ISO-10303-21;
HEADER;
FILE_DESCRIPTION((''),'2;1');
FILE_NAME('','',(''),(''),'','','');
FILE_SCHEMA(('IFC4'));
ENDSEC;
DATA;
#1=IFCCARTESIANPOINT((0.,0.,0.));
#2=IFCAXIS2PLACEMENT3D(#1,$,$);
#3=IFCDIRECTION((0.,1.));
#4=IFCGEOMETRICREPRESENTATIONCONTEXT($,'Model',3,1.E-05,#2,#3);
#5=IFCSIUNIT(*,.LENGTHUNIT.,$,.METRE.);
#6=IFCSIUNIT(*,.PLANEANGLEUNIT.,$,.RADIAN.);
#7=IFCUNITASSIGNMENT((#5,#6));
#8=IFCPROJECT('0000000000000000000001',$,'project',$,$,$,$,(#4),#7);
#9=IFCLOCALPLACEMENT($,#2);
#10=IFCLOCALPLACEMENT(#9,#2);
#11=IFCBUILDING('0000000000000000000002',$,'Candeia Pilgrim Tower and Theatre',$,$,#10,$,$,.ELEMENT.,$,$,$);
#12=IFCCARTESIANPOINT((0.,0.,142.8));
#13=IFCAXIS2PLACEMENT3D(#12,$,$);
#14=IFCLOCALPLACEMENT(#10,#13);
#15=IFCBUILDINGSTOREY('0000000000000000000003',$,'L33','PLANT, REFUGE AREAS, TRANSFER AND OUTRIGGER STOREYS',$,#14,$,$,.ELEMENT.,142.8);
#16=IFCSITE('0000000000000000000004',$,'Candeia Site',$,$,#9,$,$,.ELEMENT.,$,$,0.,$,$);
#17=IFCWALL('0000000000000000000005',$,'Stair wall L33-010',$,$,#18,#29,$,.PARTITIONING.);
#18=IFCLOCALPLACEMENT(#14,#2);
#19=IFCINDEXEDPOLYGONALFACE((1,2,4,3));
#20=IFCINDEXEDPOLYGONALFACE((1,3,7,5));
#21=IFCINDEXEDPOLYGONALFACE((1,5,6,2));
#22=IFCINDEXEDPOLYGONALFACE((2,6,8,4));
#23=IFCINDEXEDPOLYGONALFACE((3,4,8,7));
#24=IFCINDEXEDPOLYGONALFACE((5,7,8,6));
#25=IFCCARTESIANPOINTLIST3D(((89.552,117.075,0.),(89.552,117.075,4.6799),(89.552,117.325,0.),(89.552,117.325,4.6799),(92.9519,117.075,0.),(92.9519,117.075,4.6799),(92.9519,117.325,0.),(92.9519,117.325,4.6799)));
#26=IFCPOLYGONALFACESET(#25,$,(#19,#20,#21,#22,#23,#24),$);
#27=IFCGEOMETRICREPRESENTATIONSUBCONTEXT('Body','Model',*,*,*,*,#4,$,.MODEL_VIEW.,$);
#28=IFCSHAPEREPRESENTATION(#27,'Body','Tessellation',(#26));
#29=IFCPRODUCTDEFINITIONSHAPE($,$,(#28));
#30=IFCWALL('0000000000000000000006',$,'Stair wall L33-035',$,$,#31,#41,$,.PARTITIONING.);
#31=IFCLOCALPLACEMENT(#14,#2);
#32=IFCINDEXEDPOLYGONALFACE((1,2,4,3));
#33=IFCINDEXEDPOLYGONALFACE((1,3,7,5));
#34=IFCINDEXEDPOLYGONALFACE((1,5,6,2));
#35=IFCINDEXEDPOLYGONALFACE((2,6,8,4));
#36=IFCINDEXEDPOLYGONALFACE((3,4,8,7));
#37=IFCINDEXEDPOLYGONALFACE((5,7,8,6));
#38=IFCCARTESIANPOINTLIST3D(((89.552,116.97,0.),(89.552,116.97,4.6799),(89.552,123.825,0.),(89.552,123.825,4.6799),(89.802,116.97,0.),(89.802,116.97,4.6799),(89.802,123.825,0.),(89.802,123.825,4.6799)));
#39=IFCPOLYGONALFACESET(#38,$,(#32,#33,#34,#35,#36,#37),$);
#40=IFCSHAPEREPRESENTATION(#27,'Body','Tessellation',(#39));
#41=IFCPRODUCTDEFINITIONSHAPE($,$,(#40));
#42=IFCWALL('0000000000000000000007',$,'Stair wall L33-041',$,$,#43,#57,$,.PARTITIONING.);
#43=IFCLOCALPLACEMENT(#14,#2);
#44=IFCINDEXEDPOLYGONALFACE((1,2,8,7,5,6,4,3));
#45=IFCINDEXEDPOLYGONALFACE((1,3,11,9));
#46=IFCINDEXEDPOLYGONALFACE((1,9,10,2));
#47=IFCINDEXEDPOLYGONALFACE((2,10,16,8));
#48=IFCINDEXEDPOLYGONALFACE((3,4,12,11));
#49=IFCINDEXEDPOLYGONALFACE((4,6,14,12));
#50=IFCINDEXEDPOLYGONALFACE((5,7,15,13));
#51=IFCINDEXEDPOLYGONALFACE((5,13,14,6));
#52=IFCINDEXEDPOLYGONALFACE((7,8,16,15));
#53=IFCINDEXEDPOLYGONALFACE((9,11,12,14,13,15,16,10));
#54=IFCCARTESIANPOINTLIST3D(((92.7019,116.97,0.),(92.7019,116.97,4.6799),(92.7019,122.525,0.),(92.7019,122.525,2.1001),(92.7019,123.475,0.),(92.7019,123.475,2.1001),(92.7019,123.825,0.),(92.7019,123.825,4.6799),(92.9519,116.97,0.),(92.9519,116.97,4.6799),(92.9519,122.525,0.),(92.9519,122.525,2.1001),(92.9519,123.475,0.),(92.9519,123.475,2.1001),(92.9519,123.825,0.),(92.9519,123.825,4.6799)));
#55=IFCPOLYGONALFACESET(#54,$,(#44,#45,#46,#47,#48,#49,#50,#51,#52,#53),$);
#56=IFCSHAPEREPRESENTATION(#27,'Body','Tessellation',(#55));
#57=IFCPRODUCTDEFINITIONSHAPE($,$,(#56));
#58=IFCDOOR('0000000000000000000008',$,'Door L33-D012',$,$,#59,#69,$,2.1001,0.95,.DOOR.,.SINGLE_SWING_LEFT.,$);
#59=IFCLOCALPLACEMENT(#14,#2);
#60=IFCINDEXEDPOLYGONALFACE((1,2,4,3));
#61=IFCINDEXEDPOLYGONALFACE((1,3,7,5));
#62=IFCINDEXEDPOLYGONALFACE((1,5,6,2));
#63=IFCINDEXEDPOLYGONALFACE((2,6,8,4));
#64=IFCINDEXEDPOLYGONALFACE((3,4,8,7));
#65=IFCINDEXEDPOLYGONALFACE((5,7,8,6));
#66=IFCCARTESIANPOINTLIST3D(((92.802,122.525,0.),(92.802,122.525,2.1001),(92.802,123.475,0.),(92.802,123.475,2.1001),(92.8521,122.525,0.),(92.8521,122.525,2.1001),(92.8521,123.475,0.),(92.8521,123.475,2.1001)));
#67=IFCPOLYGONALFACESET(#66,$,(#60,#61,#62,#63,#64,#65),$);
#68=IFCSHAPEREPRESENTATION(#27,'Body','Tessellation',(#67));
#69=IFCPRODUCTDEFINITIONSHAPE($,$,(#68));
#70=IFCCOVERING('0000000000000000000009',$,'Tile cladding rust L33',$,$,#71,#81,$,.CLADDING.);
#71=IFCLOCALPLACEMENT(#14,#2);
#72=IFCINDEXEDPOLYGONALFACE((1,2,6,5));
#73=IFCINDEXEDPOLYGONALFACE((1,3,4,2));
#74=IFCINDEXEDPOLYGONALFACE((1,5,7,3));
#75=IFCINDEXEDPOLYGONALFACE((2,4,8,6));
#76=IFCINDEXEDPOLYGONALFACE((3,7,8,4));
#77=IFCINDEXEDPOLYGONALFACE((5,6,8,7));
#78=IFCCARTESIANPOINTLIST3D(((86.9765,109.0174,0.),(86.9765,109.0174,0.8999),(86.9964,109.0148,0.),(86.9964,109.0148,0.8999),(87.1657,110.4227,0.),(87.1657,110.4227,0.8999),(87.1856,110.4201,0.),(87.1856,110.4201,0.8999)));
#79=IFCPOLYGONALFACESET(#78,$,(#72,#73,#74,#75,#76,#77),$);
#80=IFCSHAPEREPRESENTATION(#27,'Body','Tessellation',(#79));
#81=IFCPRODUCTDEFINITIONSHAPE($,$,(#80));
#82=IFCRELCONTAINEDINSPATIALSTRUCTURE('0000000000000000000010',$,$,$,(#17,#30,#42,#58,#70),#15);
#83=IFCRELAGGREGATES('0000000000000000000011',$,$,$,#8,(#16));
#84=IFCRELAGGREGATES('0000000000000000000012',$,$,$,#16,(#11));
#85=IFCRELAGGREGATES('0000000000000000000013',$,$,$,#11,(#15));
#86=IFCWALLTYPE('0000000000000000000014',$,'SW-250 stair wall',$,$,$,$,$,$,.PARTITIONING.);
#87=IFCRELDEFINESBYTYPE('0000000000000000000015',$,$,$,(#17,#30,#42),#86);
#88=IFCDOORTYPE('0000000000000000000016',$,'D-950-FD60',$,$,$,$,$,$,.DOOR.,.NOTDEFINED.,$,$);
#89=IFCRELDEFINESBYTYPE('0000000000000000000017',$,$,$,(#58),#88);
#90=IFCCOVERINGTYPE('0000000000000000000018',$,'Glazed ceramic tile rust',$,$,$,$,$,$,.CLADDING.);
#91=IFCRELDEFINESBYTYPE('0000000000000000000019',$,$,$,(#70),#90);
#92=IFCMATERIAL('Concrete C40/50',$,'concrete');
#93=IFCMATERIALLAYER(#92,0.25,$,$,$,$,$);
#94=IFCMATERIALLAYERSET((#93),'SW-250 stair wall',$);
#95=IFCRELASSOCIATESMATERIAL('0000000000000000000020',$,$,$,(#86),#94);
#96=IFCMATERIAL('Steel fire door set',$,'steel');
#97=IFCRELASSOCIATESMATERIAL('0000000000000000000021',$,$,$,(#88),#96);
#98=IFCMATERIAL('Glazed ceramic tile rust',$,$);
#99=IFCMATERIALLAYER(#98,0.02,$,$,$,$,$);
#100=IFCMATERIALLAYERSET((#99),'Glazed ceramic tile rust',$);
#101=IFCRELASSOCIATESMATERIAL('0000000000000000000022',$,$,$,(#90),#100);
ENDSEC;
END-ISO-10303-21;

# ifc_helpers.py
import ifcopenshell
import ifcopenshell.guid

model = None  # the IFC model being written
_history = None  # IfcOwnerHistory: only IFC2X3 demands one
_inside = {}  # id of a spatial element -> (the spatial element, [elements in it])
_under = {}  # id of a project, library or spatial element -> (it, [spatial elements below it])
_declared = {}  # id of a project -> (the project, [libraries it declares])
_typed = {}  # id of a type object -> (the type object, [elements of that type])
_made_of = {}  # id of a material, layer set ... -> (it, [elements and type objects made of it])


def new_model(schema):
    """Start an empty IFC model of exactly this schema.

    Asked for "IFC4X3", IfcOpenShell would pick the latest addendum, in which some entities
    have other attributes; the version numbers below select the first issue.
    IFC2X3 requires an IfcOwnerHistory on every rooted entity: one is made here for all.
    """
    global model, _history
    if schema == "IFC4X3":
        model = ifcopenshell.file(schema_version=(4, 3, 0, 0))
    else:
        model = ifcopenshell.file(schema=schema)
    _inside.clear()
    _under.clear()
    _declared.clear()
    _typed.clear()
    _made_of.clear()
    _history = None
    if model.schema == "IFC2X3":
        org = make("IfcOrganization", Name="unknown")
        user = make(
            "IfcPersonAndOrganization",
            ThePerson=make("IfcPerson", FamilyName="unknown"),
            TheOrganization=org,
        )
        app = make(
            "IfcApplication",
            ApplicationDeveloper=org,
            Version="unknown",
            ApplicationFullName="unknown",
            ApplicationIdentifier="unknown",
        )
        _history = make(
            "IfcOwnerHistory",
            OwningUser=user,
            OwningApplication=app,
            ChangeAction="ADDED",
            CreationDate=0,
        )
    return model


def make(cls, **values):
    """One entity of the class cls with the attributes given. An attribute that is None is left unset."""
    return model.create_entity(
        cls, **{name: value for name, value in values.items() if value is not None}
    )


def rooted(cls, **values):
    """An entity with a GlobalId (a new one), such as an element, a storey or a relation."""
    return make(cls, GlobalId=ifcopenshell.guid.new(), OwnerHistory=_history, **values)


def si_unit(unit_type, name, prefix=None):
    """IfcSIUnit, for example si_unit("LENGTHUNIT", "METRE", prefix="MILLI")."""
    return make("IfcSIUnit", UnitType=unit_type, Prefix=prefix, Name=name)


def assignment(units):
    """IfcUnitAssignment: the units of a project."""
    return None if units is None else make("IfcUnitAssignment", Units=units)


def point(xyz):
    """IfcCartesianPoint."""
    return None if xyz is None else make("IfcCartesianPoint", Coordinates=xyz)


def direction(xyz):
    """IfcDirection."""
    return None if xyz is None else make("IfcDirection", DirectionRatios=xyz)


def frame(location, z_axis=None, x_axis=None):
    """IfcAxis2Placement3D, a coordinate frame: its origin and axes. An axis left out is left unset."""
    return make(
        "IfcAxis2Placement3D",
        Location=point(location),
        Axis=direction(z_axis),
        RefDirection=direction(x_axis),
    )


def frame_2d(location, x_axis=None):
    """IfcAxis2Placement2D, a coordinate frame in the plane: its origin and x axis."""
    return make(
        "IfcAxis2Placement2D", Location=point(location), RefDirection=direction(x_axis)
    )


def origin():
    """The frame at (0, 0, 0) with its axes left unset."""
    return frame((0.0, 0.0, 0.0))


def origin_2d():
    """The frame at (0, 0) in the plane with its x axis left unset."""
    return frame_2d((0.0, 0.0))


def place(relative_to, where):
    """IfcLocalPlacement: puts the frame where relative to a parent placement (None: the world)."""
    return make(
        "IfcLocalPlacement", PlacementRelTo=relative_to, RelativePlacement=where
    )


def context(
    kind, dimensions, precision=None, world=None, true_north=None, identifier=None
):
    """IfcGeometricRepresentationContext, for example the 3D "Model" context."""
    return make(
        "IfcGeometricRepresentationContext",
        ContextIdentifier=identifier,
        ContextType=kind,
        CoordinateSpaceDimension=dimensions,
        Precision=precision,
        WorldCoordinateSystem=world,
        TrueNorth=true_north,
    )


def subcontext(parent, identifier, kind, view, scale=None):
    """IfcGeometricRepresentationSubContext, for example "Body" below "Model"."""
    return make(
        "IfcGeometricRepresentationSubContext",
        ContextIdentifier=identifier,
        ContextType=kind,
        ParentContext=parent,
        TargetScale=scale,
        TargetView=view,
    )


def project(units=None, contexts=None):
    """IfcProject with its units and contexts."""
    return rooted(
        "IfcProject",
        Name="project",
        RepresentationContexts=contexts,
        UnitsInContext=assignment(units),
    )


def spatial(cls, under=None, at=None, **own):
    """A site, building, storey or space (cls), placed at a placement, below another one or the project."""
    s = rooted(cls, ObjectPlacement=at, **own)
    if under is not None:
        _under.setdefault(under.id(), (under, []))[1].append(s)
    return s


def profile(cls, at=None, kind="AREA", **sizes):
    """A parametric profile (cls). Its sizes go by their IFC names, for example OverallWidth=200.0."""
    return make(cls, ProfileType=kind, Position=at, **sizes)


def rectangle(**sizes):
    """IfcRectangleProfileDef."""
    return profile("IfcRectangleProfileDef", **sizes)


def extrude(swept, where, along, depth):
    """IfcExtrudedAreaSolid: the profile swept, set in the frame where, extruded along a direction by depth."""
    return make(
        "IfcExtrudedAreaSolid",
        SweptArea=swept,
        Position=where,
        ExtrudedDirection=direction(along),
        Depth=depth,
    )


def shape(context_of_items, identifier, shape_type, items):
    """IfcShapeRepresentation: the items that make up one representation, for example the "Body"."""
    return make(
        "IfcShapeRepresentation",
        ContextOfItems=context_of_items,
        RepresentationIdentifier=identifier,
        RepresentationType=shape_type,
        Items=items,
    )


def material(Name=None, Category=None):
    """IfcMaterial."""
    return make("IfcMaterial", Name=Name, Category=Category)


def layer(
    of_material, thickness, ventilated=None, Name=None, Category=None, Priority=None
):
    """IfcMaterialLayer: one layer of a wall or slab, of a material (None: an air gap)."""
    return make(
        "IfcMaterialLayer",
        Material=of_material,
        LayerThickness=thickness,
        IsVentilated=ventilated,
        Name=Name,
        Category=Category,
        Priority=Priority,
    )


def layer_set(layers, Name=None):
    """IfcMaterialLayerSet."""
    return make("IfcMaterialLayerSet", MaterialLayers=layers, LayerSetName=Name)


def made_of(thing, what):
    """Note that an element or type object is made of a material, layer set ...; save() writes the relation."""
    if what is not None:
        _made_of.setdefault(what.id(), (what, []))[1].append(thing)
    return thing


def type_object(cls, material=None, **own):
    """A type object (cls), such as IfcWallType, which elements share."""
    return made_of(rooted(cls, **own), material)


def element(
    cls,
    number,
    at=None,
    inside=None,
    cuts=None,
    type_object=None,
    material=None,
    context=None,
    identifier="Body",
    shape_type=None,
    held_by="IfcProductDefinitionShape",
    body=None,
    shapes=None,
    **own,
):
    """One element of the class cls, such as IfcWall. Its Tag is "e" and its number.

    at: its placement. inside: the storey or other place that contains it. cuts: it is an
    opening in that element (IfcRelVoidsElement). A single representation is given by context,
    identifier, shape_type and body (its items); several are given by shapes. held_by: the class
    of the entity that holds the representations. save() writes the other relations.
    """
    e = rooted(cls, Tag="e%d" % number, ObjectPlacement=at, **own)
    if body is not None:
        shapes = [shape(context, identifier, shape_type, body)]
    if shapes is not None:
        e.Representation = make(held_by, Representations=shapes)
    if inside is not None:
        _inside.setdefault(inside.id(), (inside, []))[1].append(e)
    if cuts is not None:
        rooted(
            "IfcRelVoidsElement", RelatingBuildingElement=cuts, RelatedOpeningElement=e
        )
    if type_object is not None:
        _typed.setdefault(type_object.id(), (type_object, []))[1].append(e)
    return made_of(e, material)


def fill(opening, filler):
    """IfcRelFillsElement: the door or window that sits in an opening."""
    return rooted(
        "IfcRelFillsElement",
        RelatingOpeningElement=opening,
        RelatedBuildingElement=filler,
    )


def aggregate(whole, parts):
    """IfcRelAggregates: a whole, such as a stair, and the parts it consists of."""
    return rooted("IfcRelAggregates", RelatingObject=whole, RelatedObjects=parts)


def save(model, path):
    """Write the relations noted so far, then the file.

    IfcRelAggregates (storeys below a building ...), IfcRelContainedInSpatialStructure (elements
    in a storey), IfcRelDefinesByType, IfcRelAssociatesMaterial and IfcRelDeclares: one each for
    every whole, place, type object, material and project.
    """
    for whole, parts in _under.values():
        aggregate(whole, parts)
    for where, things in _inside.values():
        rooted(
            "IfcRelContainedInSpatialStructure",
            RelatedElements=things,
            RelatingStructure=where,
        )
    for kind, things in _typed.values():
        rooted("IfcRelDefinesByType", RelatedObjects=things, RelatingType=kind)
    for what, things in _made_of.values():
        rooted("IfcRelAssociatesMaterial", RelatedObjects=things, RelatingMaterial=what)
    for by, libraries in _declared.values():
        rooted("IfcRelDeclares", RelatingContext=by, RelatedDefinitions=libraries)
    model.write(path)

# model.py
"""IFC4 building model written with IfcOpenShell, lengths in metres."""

from ifc_helpers import new_model, si_unit, direction, frame, frame_2d, origin, origin_2d, place, context, subcontext, project, spatial, rectangle, extrude, material, layer, layer_set, type_object, element, fill, save


model = new_model("IFC4")

# Units and contexts
model_context = context("Model", 3, precision=1e-05, world=origin(), true_north=direction((0.0, 1.0)))
body_context = subcontext(model_context, "Body", "Model", "MODEL_VIEW")
ifc_project = project(units=[si_unit("LENGTHUNIT", "METRE"), si_unit("PLANEANGLEUNIT", "RADIAN")], contexts=[model_context])

# Site, building, storey
site_placement = place(None, origin())
site = spatial("IfcSite", under=ifc_project, at=site_placement, Name="Candeia Site", CompositionType="ELEMENT", RefElevation=0.0)
building_placement = place(site_placement, origin())
building = spatial("IfcBuilding", under=site, at=building_placement, Name="Candeia Pilgrim Tower and Theatre", CompositionType="ELEMENT")
storey_placement = place(building_placement, frame((0.0, 0.0, 142.8)))
storey = spatial("IfcBuildingStorey", under=building, at=storey_placement, Name="L33", Description="PLANT, REFUGE AREAS, TRANSFER AND OUTRIGGER STOREYS", CompositionType="ELEMENT", Elevation=142.8)

# Shared definitions
ifc_material_1 = material(Name="Concrete C40/50", Category="concrete")
ifc_material_2 = material(Name="Steel fire door set", Category="steel")

# Walls
ifc_layer_1 = layer(ifc_material_1, 0.25)
ifc_layer_set_1 = layer_set([ifc_layer_1], Name="SW-250 stair wall")
wall_type_1 = type_object("IfcWallType", Name="SW-250 stair wall", PredefinedType="PARTITIONING", material=ifc_layer_set_1)
wall_1_placement = place(storey_placement, frame((89.552, 117.2, 0.0), z_axis=(0.0, 0.0, 1.0), x_axis=(1.0, 0.0, 0.0)))
element("IfcWall", 1, at=wall_1_placement, inside=storey, type_object=wall_type_1, Name="Stair wall L33-010", PredefinedType="PARTITIONING", context=body_context, shape_type="SweptSolid", body=[
    extrude(rectangle(XDim=3.3999, YDim=0.25, at=frame_2d((1.7, 0.0))), origin(), (0.0, 0.0, 1.0), 4.6799),
])
wall_2_placement = place(storey_placement, frame((89.677, 116.97, 0.0), z_axis=(0.0, 0.0, 1.0), x_axis=(0.0, 1.0, 0.0)))
element("IfcWall", 2, at=wall_2_placement, inside=storey, type_object=wall_type_1, Name="Stair wall L33-035", PredefinedType="PARTITIONING", context=body_context, shape_type="SweptSolid", body=[
    extrude(rectangle(XDim=6.855, YDim=0.25, at=frame_2d((3.4275, 0.0))), origin(), (0.0, 0.0, 1.0), 4.6799),
])

# Wall, opening, door
wall_3_placement = place(storey_placement, frame((92.8269, 116.97, 0.0), z_axis=(0.0, 0.0, 1.0), x_axis=(0.0, 1.0, 0.0)))
wall_3 = element("IfcWall", 3, at=wall_3_placement, inside=storey, type_object=wall_type_1, Name="Stair wall L33-041", PredefinedType="PARTITIONING", context=body_context, shape_type="SweptSolid", body=[
    extrude(rectangle(XDim=6.855, YDim=0.25, at=frame_2d((3.4275, 0.0))), origin(), (0.0, 0.0, 1.0), 4.6799),
])
opening_1_placement = place(wall_3_placement, frame((5.5549, 0.0, 0.0)))
opening_1 = element("IfcOpeningElement", 4, at=opening_1_placement, cuts=wall_3, PredefinedType="OPENING", context=body_context, shape_type="SweptSolid", body=[
    extrude(rectangle(XDim=0.95, YDim=2.1001, at=frame_2d((0.4751, 1.05))), frame((0.0, 0.135, 0.0), z_axis=(0.0, -1.0, 0.0), x_axis=(1.0, 0.0, 0.0)), (0.0, 0.0, 1.0), 0.27),
])
door_type_1 = type_object("IfcDoorType", Name="D-950-FD60", OperationType="NOTDEFINED", PredefinedType="DOOR", material=ifc_material_2)
door_1_placement = place(opening_1_placement, origin())
door_1 = element("IfcDoor", 5, at=door_1_placement, inside=storey, type_object=door_type_1, Name="Door L33-D012", OperationType="SINGLE_SWING_LEFT", OverallHeight=2.1001, OverallWidth=0.95, PredefinedType="DOOR", context=body_context, shape_type="SweptSolid", body=[
    extrude(rectangle(XDim=0.95, YDim=2.1001, at=frame_2d((0.4751, 1.05))), frame((0.0, 0.0249, 0.0), z_axis=(0.0, -1.0, 0.0), x_axis=(1.0, 0.0, 0.0)), (0.0, 0.0, 1.0), 0.05),
])
fill(opening_1, door_1)

# Covering
ifc_material_3 = material(Name="Glazed ceramic tile rust")
ifc_layer_2 = layer(ifc_material_3, 0.02)
ifc_layer_set_2 = layer_set([ifc_layer_2], Name="Glazed ceramic tile rust")
covering_type = type_object("IfcCoveringType", Name="Glazed ceramic tile rust", PredefinedType="CLADDING", material=ifc_layer_set_2)
covering_placement = place(storey_placement, frame((87.0811, 109.7188, 0.0), z_axis=(0.0, 0.0, 1.0), x_axis=(-0.133412, -0.991061, 0.0)))
element("IfcCovering", 6, at=covering_placement, inside=storey, type_object=covering_type, Name="Tile cladding rust L33", PredefinedType="CLADDING", context=body_context, shape_type="SweptSolid", body=[
    extrude(rectangle(XDim=1.418, YDim=0.02, at=origin_2d()), origin(), (0.0, 0.0, 1.0), 0.8999),
])

save(model, "model.ifc")
